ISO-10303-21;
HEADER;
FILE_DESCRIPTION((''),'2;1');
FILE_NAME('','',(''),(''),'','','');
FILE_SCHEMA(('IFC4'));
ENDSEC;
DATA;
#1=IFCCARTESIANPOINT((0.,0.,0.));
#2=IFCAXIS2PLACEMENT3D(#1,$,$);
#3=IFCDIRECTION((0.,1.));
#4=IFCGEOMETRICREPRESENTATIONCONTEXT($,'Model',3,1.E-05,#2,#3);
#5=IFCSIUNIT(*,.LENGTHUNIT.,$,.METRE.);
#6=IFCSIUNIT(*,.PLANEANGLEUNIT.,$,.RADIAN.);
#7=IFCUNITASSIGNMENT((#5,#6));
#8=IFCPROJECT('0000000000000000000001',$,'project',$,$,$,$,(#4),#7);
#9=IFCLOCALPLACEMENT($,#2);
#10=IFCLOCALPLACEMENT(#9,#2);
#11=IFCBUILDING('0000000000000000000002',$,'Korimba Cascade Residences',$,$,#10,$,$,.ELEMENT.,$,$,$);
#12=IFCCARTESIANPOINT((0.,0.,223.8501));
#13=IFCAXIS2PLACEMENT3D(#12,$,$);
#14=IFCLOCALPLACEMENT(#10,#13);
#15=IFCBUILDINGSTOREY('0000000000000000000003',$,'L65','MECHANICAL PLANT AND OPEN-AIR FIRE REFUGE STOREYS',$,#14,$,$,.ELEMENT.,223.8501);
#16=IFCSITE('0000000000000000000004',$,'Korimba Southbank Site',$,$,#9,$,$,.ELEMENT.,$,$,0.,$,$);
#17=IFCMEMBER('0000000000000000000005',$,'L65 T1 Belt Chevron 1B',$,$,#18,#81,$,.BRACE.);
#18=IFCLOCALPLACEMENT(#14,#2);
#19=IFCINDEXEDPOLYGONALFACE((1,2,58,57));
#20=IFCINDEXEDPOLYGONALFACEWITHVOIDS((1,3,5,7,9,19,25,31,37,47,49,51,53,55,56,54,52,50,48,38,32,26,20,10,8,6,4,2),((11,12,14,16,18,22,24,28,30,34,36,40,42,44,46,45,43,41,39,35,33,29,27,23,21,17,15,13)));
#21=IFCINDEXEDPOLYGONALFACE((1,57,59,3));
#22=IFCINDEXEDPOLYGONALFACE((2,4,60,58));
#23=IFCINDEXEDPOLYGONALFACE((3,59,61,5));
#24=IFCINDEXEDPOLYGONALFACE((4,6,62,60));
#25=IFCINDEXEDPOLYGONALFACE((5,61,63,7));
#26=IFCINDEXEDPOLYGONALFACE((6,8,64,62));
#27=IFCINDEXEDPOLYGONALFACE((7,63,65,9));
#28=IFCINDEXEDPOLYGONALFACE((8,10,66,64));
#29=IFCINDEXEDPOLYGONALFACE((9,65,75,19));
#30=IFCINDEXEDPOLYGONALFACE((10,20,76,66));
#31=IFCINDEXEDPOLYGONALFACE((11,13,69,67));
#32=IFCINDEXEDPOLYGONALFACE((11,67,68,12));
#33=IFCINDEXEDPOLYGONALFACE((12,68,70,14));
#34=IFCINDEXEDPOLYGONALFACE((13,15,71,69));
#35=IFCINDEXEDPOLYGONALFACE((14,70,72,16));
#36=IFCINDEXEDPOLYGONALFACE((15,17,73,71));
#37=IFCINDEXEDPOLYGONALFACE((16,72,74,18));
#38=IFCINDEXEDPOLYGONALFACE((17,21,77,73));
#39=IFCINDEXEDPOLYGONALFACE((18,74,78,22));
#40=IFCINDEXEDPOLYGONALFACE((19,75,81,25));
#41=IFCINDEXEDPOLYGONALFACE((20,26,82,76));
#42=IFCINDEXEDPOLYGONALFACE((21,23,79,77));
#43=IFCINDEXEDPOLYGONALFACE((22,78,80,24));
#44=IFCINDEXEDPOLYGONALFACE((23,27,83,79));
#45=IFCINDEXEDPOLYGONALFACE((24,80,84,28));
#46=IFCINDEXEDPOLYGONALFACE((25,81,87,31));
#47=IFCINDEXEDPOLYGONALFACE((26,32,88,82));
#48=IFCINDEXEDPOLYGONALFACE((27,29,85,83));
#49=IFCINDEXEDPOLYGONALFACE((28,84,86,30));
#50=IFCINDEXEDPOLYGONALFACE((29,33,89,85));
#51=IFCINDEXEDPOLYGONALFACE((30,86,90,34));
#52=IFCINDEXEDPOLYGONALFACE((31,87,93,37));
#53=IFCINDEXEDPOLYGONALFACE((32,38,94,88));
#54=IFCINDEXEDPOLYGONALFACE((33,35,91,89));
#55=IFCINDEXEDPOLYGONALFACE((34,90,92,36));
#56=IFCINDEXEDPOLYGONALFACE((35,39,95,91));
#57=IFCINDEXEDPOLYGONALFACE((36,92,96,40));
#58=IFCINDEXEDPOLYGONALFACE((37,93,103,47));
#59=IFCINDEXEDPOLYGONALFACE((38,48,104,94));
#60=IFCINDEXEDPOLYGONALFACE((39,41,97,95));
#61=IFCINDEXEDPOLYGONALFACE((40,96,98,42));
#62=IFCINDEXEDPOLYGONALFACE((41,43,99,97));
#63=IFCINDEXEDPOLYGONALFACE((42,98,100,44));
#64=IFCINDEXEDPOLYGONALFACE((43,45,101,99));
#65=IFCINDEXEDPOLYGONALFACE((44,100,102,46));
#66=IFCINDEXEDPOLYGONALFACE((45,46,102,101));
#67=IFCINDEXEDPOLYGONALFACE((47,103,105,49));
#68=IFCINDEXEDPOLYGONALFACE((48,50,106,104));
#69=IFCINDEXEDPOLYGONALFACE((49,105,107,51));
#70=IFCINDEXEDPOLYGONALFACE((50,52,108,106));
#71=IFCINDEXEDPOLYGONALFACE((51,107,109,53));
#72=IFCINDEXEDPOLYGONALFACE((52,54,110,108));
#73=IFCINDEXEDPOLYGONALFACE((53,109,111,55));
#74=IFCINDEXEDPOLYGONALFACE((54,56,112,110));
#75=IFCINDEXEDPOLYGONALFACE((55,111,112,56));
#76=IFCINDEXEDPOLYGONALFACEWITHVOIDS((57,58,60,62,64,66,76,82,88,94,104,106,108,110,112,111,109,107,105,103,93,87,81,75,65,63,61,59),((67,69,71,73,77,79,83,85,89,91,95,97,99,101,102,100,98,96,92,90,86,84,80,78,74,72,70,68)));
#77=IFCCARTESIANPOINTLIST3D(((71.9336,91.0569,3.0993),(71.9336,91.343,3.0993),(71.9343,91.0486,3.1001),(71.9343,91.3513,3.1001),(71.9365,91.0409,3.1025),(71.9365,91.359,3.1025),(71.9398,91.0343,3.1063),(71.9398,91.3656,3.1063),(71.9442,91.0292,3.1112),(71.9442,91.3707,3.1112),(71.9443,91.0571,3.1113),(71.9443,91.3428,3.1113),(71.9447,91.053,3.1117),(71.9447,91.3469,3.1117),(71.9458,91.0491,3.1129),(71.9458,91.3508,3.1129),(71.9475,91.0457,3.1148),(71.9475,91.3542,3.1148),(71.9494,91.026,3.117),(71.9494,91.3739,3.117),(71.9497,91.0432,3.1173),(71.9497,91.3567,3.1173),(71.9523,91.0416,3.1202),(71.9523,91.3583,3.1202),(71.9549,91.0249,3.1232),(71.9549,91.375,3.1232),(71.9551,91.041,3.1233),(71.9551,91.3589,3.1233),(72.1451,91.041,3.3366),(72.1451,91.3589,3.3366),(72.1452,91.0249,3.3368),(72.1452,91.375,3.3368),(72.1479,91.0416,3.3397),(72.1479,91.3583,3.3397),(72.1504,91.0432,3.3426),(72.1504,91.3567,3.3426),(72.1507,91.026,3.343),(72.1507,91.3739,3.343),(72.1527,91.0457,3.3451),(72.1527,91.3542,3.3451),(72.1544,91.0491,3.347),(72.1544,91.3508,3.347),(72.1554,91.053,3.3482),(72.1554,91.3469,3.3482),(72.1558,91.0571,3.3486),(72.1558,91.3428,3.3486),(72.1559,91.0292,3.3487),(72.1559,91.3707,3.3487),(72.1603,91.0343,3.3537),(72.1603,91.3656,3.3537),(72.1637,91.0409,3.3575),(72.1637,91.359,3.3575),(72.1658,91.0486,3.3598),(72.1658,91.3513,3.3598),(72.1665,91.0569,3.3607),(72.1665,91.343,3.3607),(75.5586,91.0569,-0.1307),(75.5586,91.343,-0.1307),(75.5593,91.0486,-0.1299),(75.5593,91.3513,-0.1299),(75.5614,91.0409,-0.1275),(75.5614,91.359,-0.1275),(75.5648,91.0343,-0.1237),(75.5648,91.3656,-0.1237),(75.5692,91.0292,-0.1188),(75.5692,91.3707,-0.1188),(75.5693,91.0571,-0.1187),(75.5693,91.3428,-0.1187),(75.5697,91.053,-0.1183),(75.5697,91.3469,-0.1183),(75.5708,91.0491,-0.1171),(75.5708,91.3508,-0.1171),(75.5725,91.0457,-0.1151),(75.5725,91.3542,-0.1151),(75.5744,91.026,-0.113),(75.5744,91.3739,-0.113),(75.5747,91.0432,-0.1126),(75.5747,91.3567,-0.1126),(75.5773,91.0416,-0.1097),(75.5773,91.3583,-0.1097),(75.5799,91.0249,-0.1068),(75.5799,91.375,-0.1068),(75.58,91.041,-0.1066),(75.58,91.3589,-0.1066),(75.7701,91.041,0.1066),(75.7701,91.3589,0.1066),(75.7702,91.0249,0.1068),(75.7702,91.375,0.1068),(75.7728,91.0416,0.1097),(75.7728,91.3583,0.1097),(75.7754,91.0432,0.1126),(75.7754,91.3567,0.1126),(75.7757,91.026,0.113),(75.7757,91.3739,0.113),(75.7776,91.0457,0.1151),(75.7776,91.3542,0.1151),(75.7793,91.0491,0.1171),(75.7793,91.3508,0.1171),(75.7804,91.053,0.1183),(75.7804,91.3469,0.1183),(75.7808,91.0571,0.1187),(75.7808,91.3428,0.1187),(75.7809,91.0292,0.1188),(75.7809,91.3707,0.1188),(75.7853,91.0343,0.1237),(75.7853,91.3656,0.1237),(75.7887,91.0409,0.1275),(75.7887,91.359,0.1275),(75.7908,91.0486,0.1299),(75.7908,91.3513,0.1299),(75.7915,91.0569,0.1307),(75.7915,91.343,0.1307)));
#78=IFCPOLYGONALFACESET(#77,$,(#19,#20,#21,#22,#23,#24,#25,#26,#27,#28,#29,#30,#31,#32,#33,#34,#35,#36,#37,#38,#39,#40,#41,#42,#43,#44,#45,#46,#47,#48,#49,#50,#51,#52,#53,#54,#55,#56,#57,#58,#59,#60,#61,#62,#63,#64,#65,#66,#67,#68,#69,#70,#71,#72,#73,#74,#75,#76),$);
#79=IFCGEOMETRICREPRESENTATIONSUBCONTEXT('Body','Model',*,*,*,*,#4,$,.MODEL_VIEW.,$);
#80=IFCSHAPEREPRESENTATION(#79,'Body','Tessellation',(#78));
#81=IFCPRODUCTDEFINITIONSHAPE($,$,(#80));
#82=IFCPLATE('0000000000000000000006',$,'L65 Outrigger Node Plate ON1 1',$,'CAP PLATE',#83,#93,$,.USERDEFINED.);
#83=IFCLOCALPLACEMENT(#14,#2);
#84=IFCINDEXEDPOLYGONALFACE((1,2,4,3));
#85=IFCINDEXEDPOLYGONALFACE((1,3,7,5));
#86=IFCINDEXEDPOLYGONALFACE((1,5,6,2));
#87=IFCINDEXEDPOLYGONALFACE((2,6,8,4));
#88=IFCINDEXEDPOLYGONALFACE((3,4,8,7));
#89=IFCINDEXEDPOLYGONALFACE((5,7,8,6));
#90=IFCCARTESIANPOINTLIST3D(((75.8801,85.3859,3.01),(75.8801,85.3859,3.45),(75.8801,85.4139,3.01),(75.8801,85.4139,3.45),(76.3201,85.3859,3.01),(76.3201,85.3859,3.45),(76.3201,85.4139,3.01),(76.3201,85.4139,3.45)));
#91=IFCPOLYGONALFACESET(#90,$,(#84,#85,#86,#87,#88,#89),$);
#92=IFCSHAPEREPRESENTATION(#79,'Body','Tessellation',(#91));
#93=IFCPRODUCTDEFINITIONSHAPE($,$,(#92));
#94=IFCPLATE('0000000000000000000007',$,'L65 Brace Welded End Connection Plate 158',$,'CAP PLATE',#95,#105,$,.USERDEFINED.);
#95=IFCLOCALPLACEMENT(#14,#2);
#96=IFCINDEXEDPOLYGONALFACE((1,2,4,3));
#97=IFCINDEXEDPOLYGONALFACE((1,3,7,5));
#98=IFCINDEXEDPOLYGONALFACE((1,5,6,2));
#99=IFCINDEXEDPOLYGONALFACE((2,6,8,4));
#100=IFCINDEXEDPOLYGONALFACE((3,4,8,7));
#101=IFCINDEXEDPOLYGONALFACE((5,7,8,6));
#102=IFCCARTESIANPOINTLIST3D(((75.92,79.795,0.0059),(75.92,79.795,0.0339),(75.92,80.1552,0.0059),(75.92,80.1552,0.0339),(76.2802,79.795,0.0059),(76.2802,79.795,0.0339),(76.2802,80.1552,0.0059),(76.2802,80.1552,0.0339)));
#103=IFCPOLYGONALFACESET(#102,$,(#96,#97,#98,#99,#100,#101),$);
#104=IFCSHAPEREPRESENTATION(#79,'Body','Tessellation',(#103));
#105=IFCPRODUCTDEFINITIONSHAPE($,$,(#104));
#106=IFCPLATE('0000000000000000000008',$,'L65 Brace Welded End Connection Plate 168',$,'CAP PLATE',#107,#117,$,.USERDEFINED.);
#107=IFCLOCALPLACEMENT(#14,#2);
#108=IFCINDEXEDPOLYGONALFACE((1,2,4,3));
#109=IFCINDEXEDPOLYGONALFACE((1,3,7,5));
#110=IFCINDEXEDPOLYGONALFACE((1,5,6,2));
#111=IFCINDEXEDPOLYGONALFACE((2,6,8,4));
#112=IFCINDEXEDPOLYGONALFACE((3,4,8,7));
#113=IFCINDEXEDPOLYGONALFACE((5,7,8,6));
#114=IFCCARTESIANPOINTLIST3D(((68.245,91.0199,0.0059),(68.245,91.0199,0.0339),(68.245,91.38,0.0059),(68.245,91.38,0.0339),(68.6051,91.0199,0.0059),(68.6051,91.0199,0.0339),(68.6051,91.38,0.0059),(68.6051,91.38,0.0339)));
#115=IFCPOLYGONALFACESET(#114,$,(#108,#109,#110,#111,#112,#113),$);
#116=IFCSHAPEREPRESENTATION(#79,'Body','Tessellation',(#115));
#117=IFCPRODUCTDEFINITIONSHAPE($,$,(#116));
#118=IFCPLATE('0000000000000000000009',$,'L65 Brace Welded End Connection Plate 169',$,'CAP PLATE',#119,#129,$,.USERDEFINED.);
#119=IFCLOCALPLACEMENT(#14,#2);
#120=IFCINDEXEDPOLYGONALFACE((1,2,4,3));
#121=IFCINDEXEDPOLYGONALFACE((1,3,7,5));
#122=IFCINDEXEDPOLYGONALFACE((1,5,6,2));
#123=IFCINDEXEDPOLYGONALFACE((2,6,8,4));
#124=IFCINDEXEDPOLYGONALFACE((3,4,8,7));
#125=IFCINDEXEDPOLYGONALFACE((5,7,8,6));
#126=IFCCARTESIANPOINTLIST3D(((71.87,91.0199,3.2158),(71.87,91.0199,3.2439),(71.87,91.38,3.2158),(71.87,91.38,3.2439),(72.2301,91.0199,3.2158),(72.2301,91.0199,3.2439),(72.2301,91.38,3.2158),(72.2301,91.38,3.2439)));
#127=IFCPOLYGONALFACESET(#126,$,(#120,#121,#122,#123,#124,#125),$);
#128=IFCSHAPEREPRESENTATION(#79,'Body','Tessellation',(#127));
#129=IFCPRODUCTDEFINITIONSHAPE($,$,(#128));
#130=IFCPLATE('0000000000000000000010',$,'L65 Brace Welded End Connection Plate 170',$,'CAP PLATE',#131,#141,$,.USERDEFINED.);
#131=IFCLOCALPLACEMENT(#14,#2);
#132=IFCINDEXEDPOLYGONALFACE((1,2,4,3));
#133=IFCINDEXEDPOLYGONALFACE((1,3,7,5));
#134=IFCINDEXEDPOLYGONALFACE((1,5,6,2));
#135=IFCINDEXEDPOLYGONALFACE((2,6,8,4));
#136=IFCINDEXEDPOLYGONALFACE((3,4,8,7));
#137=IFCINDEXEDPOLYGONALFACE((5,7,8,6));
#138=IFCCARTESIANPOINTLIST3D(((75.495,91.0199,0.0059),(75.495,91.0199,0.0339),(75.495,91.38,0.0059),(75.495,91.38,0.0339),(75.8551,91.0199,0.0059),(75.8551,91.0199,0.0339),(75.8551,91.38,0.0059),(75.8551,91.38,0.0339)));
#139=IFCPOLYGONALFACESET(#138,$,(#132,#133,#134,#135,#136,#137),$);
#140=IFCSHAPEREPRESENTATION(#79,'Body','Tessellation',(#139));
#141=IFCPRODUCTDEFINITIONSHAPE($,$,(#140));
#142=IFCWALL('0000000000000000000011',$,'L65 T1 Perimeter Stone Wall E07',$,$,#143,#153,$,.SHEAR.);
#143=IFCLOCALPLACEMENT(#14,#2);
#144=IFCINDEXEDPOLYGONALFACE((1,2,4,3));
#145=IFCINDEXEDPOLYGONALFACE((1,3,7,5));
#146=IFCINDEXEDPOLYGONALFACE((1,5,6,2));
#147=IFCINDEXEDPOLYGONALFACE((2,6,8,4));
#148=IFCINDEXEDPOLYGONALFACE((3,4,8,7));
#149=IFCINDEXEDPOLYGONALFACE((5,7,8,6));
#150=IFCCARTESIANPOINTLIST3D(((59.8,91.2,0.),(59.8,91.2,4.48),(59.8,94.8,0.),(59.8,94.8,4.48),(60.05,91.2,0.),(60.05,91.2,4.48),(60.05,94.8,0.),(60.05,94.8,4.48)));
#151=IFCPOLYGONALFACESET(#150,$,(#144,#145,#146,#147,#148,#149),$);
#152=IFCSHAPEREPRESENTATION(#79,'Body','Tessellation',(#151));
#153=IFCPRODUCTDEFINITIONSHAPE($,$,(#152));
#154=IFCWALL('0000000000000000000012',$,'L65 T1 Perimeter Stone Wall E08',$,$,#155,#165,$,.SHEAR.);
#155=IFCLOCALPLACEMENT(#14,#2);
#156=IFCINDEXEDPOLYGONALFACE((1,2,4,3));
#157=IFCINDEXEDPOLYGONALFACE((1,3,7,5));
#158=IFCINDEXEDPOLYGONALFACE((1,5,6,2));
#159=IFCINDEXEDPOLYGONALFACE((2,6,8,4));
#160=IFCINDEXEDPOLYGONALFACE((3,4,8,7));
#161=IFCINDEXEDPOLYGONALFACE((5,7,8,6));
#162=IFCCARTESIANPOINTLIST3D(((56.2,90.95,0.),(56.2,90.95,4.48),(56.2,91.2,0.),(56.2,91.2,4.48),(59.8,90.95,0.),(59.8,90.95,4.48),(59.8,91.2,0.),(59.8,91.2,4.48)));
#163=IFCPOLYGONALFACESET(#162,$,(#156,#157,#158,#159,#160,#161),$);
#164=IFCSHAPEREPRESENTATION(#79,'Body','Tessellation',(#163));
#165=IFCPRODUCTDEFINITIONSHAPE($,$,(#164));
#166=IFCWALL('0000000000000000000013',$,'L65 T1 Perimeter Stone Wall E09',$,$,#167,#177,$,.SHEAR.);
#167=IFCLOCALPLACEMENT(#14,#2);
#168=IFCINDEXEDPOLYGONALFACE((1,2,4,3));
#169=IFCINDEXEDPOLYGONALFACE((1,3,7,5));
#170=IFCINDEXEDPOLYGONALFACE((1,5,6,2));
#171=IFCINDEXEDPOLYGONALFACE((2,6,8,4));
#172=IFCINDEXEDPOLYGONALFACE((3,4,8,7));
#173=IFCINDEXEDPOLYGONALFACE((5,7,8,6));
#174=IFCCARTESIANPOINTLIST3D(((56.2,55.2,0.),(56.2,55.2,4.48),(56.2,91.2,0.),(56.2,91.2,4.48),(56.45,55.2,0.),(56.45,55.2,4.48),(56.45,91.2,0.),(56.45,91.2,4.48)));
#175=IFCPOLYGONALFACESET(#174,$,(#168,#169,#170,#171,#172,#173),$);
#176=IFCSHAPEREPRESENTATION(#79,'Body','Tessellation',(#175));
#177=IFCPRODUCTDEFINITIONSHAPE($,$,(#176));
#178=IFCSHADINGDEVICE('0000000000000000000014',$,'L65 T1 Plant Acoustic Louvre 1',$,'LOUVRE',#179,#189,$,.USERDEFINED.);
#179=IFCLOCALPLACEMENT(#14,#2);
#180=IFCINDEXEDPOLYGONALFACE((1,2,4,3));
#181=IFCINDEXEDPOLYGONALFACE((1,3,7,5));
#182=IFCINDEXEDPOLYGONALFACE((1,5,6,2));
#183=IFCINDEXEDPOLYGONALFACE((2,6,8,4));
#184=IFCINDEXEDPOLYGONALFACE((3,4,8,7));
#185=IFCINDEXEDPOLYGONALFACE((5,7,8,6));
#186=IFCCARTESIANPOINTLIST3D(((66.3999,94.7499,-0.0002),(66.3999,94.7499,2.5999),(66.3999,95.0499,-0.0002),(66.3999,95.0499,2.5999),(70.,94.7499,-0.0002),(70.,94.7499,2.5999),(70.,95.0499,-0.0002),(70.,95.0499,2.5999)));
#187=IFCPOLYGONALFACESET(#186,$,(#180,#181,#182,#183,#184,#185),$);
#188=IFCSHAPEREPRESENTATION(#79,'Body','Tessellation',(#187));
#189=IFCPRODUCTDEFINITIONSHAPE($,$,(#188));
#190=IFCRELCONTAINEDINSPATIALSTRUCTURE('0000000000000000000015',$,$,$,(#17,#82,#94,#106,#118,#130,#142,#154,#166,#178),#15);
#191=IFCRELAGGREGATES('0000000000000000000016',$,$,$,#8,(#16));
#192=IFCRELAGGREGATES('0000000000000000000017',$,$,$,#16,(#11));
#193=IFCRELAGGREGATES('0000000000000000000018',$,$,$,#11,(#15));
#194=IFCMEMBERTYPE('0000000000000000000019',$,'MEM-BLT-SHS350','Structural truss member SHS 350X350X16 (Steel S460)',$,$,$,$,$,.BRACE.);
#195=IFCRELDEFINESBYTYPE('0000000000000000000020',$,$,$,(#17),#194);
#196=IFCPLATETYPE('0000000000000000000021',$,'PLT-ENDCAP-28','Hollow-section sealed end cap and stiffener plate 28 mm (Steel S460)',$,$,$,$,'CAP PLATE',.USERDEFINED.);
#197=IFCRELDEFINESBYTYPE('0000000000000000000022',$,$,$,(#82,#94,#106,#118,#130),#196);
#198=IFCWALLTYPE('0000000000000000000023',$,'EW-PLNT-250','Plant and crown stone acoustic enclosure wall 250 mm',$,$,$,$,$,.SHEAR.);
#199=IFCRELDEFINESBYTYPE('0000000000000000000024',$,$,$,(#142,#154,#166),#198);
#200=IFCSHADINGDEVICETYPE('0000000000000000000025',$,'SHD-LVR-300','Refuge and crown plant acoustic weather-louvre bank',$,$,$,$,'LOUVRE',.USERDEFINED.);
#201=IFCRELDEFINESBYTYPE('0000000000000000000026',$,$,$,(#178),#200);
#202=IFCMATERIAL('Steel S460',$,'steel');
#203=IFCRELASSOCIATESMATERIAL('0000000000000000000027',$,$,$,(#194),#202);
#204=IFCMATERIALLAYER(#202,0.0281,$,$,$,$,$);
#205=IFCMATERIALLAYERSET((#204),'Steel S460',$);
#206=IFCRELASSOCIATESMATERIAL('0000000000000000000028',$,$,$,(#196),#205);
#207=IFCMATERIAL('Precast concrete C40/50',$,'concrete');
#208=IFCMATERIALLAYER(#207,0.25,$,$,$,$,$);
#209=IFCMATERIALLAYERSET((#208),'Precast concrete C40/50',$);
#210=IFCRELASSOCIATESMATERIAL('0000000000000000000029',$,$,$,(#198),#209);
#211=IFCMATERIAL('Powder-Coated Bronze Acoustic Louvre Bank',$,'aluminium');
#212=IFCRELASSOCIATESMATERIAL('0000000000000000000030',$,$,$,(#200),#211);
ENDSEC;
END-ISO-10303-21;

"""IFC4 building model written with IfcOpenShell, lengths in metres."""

from ifc_helpers import new_model, si_unit, direction, frame, frame_2d, origin, origin_2d, place, context, subcontext, project, spatial, rectangle, hollow_rectangle, extrude, material, layer, layer_set, material_profile, profile_set, type_object, element, save


model = new_model("IFC4")

# Units and contexts
model_context = context("Model", 3, precision=1e-05, world=origin(), true_north=direction((0.0, 1.0)))
body_context = subcontext(model_context, "Body", "Model", "MODEL_VIEW")
ifc_project = project(units=[si_unit("LENGTHUNIT", "METRE"), si_unit("PLANEANGLEUNIT", "RADIAN")], contexts=[model_context])

# Site, building, storey
site_placement = place(None, origin())
site = spatial("IfcSite", under=ifc_project, at=site_placement, Name="Korimba Southbank Site", CompositionType="ELEMENT", RefElevation=0.0)
building_placement = place(site_placement, origin())
building = spatial("IfcBuilding", under=site, at=building_placement, Name="Korimba Cascade Residences", CompositionType="ELEMENT")
storey_placement = place(building_placement, frame((0.0, 0.0, 223.8501)))
storey = spatial("IfcBuildingStorey", under=building, at=storey_placement, Name="L65", Description="MECHANICAL PLANT AND OPEN-AIR FIRE REFUGE STOREYS", CompositionType="ELEMENT", Elevation=223.8501)

# Member
ifc_material_1 = material(Name="Steel S460", Category="steel")
ifc_material_profile_1 = material_profile(ifc_material_1, hollow_rectangle(XDim=0.3501, YDim=0.3501, WallThickness=0.0161, InnerFilletRadius=0.0161, OuterFilletRadius=0.032, at=origin_2d()), Name="Steel S460")
ifc_profile_set_1 = profile_set([ifc_material_profile_1], Name="Steel S460")
member_type = type_object("IfcMemberType", Name="MEM-BLT-SHS350", Description="Structural truss member SHS 350X350X16 (Steel S460)", PredefinedType="BRACE", material=ifc_profile_set_1)
for number, where, z_axis, x_axis, name in (
    (1, (75.675, 91.2, 0.0), (-0.746615, 0.0, 0.665256), (0.0, -1.0, 0.0), "L65 T1 Belt Chevron 1B"),
):
    element("IfcMember", number, at=place(storey_placement, frame(where, z_axis=z_axis, x_axis=x_axis)), inside=storey, type_object=member_type, Name=name, PredefinedType="BRACE", context=body_context, shape_type="SweptSolid", body=[
        extrude(hollow_rectangle(XDim=0.3501, YDim=0.3501, WallThickness=0.0161, InnerFilletRadius=0.0161, OuterFilletRadius=0.032, at=origin_2d()), origin(), (0.0, 0.0, 1.0), 4.8552),
    ])

# Plates
ifc_layer_1 = layer(ifc_material_1, 0.0281)
ifc_layer_set_1 = layer_set([ifc_layer_1], Name="Steel S460")
plate_type = type_object("IfcPlateType", Name="PLT-ENDCAP-28", Description="Hollow-section sealed end cap and stiffener plate 28 mm (Steel S460)", ElementType="CAP PLATE", PredefinedType="USERDEFINED", material=ifc_layer_set_1)
plate_placement = place(storey_placement, frame((76.1001, 85.3999, 3.01), z_axis=(0.0, 0.0, 1.0), x_axis=(1.0, 0.0, 0.0)))
element("IfcPlate", 2, at=plate_placement, inside=storey, type_object=plate_type, Name="L65 Outrigger Node Plate ON1 1", ObjectType="CAP PLATE", PredefinedType="USERDEFINED", context=body_context, shape_type="SweptSolid", body=[
    extrude(rectangle(XDim=0.4399, YDim=0.0281, at=origin_2d()), origin(), (0.0, 0.0, 1.0), 0.4399),
])
for number, where, z_axis, x_axis, name in (
    (3, (76.1001, 79.9751, 0.0059), (0.0, 0.0, 1.0), (1.0, 0.0, 0.0), "L65 Brace Welded End Connection Plate 158"),
    (4, (68.425, 91.2, 0.0059), (0.0, 0.0, 1.0), (1.0, 0.0, 0.0), "L65 Brace Welded End Connection Plate 168"),
    (5, (72.05, 91.2, 3.2158), (0.0, 0.0, 1.0), (1.0, 0.0, 0.0), "L65 Brace Welded End Connection Plate 169"),
    (6, (75.675, 91.2, 0.0059), (0.0, 0.0, 1.0), (1.0, 0.0, 0.0), "L65 Brace Welded End Connection Plate 170"),
):
    element("IfcPlate", number, at=place(storey_placement, frame(where, z_axis=z_axis, x_axis=x_axis)), inside=storey, type_object=plate_type, Name=name, ObjectType="CAP PLATE", PredefinedType="USERDEFINED", context=body_context, shape_type="SweptSolid", body=[
        extrude(rectangle(XDim=0.3601, YDim=0.3601, at=origin_2d()), origin(), (0.0, 0.0, 1.0), 0.0281),
    ])

# Walls
ifc_material_2 = material(Name="Precast concrete C40/50", Category="concrete")
ifc_layer_2 = layer(ifc_material_2, 0.25)
ifc_layer_set_2 = layer_set([ifc_layer_2], Name="Precast concrete C40/50")
wall_type = type_object("IfcWallType", Name="EW-PLNT-250", Description="Plant and crown stone acoustic enclosure wall 250 mm", PredefinedType="SHEAR", material=ifc_layer_set_2)
for number, where, z_axis, x_axis, name in (
    (7, (59.925, 94.8, 0.0), (0.0, 0.0, 1.0), (0.0, -1.0, 0.0), "L65 T1 Perimeter Stone Wall E07"),
    (8, (59.8, 91.075, 0.0), (0.0, 0.0, 1.0), (-1.0, 0.0, 0.0), "L65 T1 Perimeter Stone Wall E08"),
):
    element("IfcWall", number, at=place(storey_placement, frame(where, z_axis=z_axis, x_axis=x_axis)), inside=storey, type_object=wall_type, Name=name, PredefinedType="SHEAR", context=body_context, shape_type="SweptSolid", body=[
        extrude(rectangle(XDim=3.6001, YDim=0.25, at=frame_2d((1.8, 0.0))), origin(), (0.0, 0.0, 1.0), 4.48),
    ])
wall_placement = place(storey_placement, frame((56.325, 91.2, 0.0), z_axis=(0.0, 0.0, 1.0), x_axis=(0.0, -1.0, 0.0)))
element("IfcWall", 9, at=wall_placement, inside=storey, type_object=wall_type, Name="L65 T1 Perimeter Stone Wall E09", PredefinedType="SHEAR", context=body_context, shape_type="SweptSolid", body=[
    extrude(rectangle(XDim=36.0, YDim=0.25, at=frame_2d((18.0, 0.0))), origin(), (0.0, 0.0, 1.0), 4.48),
])

# Shading device
ifc_material_3 = material(Name="Powder-Coated Bronze Acoustic Louvre Bank", Category="aluminium")
shading_device_type = type_object("IfcShadingDeviceType", Name="SHD-LVR-300", Description="Refuge and crown plant acoustic weather-louvre bank", ElementType="LOUVRE", PredefinedType="USERDEFINED", material=ifc_material_3)
shading_device_placement = place(storey_placement, frame((68.2, 94.8999, -0.0002), z_axis=(0.0, 0.0, 1.0), x_axis=(1.0, 0.0, 0.0)))
element("IfcShadingDevice", 10, at=shading_device_placement, inside=storey, type_object=shading_device_type, Name="L65 T1 Plant Acoustic Louvre 1", ObjectType="LOUVRE", PredefinedType="USERDEFINED", context=body_context, shape_type="SweptSolid", body=[
    extrude(rectangle(XDim=3.6001, YDim=0.3, at=origin_2d()), origin(), (0.0, 0.0, 1.0), 2.6001),
])

save(model, "model.ifc")
